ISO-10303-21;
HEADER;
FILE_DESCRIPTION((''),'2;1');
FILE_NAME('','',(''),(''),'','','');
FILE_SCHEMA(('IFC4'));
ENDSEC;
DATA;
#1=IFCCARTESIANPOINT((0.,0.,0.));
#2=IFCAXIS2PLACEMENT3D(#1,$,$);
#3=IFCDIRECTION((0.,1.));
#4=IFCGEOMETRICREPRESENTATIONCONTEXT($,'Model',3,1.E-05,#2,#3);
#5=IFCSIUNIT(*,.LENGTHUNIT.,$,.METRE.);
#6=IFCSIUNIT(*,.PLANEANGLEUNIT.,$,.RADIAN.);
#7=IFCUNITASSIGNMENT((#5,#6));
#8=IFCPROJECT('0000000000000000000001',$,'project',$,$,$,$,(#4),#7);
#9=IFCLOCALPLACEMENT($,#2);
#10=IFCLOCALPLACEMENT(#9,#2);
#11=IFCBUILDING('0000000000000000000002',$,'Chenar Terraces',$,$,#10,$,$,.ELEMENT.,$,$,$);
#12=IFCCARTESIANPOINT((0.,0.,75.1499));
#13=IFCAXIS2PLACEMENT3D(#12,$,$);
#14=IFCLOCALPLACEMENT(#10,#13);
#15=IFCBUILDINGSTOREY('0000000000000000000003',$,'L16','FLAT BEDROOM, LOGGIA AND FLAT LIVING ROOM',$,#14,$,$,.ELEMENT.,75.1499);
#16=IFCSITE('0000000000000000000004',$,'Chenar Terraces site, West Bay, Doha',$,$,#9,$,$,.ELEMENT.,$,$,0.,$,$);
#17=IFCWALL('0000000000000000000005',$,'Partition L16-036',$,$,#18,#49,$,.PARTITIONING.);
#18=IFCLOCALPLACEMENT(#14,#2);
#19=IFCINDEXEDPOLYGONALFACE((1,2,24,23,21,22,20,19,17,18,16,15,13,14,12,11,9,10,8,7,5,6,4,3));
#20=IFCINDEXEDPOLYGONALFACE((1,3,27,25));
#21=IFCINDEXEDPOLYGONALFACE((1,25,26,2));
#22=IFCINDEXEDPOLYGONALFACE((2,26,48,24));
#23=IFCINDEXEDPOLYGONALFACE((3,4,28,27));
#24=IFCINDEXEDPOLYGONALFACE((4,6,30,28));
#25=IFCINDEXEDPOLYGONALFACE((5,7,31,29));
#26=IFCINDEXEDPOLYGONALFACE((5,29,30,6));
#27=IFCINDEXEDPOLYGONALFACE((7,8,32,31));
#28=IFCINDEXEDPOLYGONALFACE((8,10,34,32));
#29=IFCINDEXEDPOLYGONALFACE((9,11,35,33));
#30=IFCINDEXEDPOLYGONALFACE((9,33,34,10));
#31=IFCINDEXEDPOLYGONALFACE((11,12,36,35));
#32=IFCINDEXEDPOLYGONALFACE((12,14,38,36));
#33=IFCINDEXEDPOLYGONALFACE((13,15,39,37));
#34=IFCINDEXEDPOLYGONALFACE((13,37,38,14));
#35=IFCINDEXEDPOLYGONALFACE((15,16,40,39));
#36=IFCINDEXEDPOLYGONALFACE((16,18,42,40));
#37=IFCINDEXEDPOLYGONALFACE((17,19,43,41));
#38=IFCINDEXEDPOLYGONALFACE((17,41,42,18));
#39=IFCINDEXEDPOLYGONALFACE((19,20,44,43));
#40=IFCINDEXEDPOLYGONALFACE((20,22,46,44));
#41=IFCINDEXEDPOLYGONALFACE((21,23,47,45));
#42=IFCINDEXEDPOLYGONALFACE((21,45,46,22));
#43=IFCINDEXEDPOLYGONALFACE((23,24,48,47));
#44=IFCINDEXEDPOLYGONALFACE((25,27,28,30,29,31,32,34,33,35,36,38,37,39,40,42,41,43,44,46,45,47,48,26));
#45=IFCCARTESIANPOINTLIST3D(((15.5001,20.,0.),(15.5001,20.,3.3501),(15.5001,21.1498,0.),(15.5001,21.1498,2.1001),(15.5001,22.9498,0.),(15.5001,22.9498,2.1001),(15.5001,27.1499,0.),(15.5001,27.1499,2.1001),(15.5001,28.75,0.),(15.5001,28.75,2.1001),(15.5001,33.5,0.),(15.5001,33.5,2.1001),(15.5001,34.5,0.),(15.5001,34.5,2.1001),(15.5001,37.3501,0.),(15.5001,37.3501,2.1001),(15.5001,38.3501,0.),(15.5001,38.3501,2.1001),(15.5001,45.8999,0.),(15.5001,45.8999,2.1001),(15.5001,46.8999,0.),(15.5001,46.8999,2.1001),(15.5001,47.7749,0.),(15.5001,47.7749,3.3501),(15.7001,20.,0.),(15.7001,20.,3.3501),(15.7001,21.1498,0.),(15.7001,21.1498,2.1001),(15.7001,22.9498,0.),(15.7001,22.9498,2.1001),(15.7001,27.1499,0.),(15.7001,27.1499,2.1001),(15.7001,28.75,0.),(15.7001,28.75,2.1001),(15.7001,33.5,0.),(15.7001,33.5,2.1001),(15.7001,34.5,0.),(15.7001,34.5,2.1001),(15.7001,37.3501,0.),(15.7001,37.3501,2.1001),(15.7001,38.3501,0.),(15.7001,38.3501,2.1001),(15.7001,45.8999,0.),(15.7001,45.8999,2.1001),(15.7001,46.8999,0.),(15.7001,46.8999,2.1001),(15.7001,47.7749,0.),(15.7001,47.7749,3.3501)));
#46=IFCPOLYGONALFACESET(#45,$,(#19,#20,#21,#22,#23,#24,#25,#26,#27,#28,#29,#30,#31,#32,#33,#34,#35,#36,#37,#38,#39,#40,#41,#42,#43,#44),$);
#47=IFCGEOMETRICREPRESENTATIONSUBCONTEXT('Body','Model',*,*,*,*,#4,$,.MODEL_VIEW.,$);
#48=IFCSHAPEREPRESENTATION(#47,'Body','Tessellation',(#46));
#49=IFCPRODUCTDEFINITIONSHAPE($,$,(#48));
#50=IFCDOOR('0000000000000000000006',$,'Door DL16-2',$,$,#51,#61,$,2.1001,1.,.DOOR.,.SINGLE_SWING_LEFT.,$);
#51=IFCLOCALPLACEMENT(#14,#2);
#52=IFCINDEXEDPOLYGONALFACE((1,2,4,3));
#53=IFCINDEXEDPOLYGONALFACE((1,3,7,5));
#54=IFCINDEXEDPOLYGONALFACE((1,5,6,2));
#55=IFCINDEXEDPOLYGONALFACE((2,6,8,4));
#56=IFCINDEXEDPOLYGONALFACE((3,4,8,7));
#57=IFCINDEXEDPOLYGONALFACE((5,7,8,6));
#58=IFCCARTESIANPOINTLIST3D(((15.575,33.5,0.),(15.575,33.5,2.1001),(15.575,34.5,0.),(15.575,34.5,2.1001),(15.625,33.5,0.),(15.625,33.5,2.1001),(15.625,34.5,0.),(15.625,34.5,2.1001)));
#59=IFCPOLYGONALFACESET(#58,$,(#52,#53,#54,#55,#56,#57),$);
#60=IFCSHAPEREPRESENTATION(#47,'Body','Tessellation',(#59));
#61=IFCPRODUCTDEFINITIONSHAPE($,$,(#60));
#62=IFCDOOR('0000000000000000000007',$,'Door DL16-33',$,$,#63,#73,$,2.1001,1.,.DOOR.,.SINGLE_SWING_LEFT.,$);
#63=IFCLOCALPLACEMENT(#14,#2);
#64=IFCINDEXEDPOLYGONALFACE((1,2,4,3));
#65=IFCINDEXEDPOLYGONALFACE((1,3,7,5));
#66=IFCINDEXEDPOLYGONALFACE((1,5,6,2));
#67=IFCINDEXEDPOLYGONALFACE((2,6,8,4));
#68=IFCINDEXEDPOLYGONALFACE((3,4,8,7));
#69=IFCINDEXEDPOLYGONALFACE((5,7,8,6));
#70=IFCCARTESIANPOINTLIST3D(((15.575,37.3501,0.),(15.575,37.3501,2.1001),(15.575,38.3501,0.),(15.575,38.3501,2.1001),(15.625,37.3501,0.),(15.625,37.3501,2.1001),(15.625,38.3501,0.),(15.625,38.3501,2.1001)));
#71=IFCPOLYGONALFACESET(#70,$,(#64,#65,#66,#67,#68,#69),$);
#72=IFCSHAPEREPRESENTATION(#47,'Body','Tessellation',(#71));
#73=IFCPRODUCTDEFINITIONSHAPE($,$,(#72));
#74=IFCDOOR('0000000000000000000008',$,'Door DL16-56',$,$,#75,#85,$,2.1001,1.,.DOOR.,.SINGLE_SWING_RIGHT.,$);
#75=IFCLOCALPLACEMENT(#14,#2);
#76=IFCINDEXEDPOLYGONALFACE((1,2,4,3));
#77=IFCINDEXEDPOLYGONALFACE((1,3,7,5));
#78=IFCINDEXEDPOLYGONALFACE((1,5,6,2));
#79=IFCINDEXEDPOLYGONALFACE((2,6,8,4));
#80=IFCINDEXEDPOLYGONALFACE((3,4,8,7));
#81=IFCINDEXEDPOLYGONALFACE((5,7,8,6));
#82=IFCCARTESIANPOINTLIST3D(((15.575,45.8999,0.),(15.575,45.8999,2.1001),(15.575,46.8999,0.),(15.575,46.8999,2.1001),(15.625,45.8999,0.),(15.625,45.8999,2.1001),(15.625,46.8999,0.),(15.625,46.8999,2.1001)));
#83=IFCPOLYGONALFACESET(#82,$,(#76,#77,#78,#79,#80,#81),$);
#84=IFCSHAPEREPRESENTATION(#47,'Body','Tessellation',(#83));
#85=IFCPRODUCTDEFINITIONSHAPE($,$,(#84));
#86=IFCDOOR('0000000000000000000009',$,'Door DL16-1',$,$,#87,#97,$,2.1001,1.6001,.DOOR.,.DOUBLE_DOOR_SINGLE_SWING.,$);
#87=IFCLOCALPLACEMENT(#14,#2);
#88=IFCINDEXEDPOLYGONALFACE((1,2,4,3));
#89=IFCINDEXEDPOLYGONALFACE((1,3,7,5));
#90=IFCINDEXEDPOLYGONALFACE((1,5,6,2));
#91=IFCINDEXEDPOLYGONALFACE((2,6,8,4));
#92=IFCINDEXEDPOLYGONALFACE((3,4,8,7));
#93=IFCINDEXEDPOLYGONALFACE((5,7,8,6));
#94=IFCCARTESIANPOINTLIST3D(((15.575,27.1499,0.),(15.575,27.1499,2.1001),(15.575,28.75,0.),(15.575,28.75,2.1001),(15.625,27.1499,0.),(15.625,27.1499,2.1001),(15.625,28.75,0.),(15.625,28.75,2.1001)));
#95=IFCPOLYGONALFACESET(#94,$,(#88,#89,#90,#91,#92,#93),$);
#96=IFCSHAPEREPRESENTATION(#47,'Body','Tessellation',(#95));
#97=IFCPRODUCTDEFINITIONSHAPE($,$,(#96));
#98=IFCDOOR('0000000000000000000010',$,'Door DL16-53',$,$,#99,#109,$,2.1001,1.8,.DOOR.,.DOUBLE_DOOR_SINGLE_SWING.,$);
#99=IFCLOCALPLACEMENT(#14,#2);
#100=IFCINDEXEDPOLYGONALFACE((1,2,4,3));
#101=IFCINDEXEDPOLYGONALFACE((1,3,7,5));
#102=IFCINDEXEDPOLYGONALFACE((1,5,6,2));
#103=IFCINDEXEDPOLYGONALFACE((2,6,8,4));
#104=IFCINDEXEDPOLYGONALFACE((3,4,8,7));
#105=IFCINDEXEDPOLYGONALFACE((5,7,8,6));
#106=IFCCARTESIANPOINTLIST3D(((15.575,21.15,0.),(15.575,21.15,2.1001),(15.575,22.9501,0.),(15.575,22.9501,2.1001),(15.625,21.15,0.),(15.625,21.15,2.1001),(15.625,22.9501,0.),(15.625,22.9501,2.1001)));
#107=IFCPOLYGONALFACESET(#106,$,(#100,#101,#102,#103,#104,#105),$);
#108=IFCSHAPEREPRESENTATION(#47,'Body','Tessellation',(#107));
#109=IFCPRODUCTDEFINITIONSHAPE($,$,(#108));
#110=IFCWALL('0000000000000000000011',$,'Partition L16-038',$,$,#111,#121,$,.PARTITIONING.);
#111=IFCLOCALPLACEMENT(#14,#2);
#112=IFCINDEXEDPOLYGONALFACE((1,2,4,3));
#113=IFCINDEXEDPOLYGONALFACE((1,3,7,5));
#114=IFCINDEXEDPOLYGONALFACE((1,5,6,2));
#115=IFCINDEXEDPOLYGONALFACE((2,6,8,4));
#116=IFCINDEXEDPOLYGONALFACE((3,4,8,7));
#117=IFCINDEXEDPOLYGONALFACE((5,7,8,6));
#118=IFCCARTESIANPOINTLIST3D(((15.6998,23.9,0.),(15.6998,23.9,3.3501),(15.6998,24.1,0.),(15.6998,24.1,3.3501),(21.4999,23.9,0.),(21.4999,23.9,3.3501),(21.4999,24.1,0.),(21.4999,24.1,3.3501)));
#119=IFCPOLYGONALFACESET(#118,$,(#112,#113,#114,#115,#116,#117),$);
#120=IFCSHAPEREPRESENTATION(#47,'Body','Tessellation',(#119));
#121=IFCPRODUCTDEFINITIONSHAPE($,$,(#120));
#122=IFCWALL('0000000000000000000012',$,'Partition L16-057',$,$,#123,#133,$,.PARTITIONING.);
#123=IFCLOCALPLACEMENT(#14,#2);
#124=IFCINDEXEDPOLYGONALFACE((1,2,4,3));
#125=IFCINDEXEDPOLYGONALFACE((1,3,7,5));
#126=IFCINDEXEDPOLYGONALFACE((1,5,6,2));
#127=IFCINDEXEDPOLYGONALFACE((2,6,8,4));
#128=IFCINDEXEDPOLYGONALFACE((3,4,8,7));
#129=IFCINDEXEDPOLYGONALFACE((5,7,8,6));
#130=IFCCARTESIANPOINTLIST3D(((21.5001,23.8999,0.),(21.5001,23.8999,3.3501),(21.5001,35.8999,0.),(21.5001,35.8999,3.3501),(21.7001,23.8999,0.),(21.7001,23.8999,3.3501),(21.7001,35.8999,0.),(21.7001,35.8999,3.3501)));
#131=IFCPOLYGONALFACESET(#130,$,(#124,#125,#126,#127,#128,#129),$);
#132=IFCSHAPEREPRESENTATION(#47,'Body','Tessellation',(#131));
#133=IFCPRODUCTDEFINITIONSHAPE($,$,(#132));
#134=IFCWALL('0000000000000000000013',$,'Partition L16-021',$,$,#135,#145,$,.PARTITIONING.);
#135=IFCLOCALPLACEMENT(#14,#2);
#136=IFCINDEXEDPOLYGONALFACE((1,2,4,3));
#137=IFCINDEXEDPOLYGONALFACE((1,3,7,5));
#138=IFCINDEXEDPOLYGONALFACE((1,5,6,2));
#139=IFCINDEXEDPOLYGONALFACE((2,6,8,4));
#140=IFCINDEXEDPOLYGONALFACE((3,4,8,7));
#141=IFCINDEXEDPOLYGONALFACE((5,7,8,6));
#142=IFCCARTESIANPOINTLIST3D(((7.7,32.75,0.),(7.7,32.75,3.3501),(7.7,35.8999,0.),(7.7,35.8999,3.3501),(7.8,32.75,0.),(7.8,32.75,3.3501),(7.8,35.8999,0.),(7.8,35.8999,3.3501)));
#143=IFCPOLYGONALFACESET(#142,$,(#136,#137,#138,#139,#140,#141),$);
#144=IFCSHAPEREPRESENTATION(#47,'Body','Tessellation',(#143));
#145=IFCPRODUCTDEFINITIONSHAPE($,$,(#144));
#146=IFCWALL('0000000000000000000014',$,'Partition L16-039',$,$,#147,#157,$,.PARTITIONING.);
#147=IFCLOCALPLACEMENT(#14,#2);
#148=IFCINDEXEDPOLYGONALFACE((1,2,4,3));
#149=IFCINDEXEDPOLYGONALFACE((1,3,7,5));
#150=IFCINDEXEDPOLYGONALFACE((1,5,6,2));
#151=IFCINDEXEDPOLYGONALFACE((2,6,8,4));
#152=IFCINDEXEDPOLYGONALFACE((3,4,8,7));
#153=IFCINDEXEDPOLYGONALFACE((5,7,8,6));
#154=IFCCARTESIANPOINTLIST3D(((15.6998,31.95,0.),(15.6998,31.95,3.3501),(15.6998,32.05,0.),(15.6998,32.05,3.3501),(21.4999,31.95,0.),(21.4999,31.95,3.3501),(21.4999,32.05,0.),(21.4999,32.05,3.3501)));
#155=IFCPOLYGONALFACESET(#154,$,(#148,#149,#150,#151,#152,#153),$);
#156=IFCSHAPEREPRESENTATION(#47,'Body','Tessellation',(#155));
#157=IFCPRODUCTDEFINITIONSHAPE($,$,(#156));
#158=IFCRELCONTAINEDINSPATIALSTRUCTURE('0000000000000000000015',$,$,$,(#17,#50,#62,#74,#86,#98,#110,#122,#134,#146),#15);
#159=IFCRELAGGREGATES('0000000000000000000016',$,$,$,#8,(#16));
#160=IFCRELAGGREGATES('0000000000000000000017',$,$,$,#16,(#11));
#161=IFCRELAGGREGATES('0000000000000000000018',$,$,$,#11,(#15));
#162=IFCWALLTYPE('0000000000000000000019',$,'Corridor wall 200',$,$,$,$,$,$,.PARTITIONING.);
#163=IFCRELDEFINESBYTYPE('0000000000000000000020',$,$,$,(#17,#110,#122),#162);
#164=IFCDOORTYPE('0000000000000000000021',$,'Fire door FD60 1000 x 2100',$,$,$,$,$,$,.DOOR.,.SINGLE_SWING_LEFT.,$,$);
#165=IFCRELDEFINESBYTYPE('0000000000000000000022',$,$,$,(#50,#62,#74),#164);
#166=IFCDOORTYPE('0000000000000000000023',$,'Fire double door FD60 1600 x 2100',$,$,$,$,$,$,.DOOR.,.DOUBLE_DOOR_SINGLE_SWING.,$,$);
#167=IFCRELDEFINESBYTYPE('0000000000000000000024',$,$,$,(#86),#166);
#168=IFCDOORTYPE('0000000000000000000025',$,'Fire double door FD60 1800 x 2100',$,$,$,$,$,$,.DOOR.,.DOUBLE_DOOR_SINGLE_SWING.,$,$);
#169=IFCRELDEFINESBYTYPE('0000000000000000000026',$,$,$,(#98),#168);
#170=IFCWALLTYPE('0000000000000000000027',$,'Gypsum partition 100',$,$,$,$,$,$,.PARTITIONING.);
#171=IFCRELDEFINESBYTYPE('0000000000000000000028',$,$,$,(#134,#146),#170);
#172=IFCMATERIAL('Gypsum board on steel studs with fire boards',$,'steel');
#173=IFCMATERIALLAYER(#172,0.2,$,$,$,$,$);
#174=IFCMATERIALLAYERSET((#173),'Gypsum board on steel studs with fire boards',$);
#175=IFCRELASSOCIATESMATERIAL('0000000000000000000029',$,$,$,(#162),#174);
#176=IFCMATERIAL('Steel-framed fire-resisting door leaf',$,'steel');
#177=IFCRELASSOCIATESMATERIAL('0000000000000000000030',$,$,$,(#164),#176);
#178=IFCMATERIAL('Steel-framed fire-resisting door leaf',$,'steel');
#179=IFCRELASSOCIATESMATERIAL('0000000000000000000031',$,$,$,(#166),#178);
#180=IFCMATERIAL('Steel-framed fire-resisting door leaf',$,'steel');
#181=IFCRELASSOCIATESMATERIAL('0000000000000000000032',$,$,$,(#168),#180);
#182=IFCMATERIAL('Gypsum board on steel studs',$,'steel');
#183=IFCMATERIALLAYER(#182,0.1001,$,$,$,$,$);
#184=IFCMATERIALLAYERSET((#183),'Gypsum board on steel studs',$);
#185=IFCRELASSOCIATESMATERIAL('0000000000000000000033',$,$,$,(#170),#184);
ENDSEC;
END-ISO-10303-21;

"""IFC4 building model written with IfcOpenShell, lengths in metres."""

from ifc_helpers import new_model, si_unit, direction, frame, frame_2d, origin, place, context, subcontext, project, spatial, rectangle, extrude, material, layer, layer_set, type_object, element, fill, save


model = new_model("IFC4")

# Units and contexts
model_context = context("Model", 3, precision=1e-05, world=origin(), true_north=direction((0.0, 1.0)))
body_context = subcontext(model_context, "Body", "Model", "MODEL_VIEW")
ifc_project = project(units=[si_unit("LENGTHUNIT", "METRE"), si_unit("PLANEANGLEUNIT", "RADIAN")], contexts=[model_context])

# Site, building, storey
site_placement = place(None, origin())
site = spatial("IfcSite", under=ifc_project, at=site_placement, Name="Chenar Terraces site, West Bay, Doha", CompositionType="ELEMENT", RefElevation=0.0)
building_placement = place(site_placement, origin())
building = spatial("IfcBuilding", under=site, at=building_placement, Name="Chenar Terraces", CompositionType="ELEMENT")
storey_placement = place(building_placement, frame((0.0, 0.0, 75.1499)))
storey = spatial("IfcBuildingStorey", under=building, at=storey_placement, Name="L16", Description="FLAT BEDROOM, LOGGIA AND FLAT LIVING ROOM", CompositionType="ELEMENT", Elevation=75.1499)

# Wall, openings, doors
ifc_material_1 = material(Name="Gypsum board on steel studs with fire boards", Category="steel")
ifc_layer_1 = layer(ifc_material_1, 0.2)
ifc_layer_set_1 = layer_set([ifc_layer_1], Name="Gypsum board on steel studs with fire boards")
wall_type_1 = type_object("IfcWallType", Name="Corridor wall 200", PredefinedType="PARTITIONING", material=ifc_layer_set_1)
wall_1_placement = place(storey_placement, frame((15.6001, 20.0, 0.0), z_axis=(0.0, 0.0, 1.0), x_axis=(0.0, 1.0, 0.0)))
wall_1 = element("IfcWall", 1, at=wall_1_placement, inside=storey, type_object=wall_type_1, Name="Partition L16-036", PredefinedType="PARTITIONING", context=body_context, shape_type="SweptSolid", body=[
    extrude(rectangle(XDim=27.7749, YDim=0.2, at=frame_2d((13.8875, 0.0))), origin(), (0.0, 0.0, 1.0), 3.3501),
])
opening_1_placement = place(wall_1_placement, frame((7.1499, 0.0, 0.0)))
opening_1 = element("IfcOpeningElement", 2, at=opening_1_placement, cuts=wall_1, PredefinedType="OPENING", context=body_context, shape_type="SweptSolid", body=[
    extrude(rectangle(XDim=1.6001, YDim=2.1001, at=frame_2d((0.8, 1.05))), frame((0.0, 0.1099, 0.0), z_axis=(0.0, -1.0, 0.0), x_axis=(1.0, 0.0, 0.0)), (0.0, 0.0, 1.0), 0.22),
])
opening_2_placement = place(wall_1_placement, frame((13.5, 0.0, 0.0)))
opening_2 = element("IfcOpeningElement", 3, at=opening_2_placement, cuts=wall_1, PredefinedType="OPENING", context=body_context, shape_type="SweptSolid", body=[
    extrude(rectangle(XDim=1.0, YDim=2.1001, at=frame_2d((0.5, 1.05))), frame((0.0, 0.1099, 0.0), z_axis=(0.0, -1.0, 0.0), x_axis=(1.0, 0.0, 0.0)), (0.0, 0.0, 1.0), 0.22),
])
opening_3_placement = place(wall_1_placement, frame((17.3501, 0.0, 0.0)))
opening_3 = element("IfcOpeningElement", 4, at=opening_3_placement, cuts=wall_1, PredefinedType="OPENING", context=body_context, shape_type="SweptSolid", body=[
    extrude(rectangle(XDim=1.0, YDim=2.1001, at=frame_2d((0.5, 1.05))), frame((0.0, 0.1099, 0.0), z_axis=(0.0, -1.0, 0.0), x_axis=(1.0, 0.0, 0.0)), (0.0, 0.0, 1.0), 0.22),
])
opening_4_placement = place(wall_1_placement, frame((1.1499, 0.0, 0.0)))
opening_4 = element("IfcOpeningElement", 5, at=opening_4_placement, cuts=wall_1, PredefinedType="OPENING", context=body_context, shape_type="SweptSolid", body=[
    extrude(rectangle(XDim=1.8, YDim=2.1001, at=frame_2d((0.8999, 1.05))), frame((0.0, 0.1099, 0.0), z_axis=(0.0, -1.0, 0.0), x_axis=(1.0, 0.0, 0.0)), (0.0, 0.0, 1.0), 0.22),
])
opening_5_placement = place(wall_1_placement, frame((25.8999, 0.0, 0.0)))
opening_5 = element("IfcOpeningElement", 6, at=opening_5_placement, cuts=wall_1, PredefinedType="OPENING", context=body_context, shape_type="SweptSolid", body=[
    extrude(rectangle(XDim=1.0, YDim=2.1001, at=frame_2d((0.5, 1.05))), frame((0.0, 0.1099, 0.0), z_axis=(0.0, -1.0, 0.0), x_axis=(1.0, 0.0, 0.0)), (0.0, 0.0, 1.0), 0.22),
])
ifc_material_2 = material(Name="Steel-framed fire-resisting door leaf", Category="steel")
door_type_1 = type_object("IfcDoorType", Name="Fire door FD60 1000 x 2100", OperationType="SINGLE_SWING_LEFT", PredefinedType="DOOR", material=ifc_material_2)
door_1_placement = place(opening_2_placement, frame((1.0, 0.0, 0.0), z_axis=(0.0, 0.0, 1.0), x_axis=(-1.0, 0.0, 0.0)))
door_1 = element("IfcDoor", 7, at=door_1_placement, inside=storey, type_object=door_type_1, Name="Door DL16-2", OperationType="SINGLE_SWING_LEFT", OverallHeight=2.1001, OverallWidth=1.0, PredefinedType="DOOR", context=body_context, shape_type="SweptSolid", body=[
    extrude(rectangle(XDim=1.0, YDim=2.1001, at=frame_2d((0.5, 1.05))), frame((0.0, 0.0249, 0.0), z_axis=(0.0, -1.0, 0.0), x_axis=(1.0, 0.0, 0.0)), (0.0, 0.0, 1.0), 0.05),
])
fill(opening_2, door_1)
door_2_placement = place(opening_3_placement, frame((1.0, 0.0, 0.0), z_axis=(0.0, 0.0, 1.0), x_axis=(-1.0, 0.0, 0.0)))
door_2 = element("IfcDoor", 8, at=door_2_placement, inside=storey, type_object=door_type_1, Name="Door DL16-33", OperationType="SINGLE_SWING_LEFT", OverallHeight=2.1001, OverallWidth=1.0, PredefinedType="DOOR", context=body_context, shape_type="SweptSolid", body=[
    extrude(rectangle(XDim=1.0, YDim=2.1001, at=frame_2d((0.5, 1.05))), frame((0.0, 0.0249, 0.0), z_axis=(0.0, -1.0, 0.0), x_axis=(1.0, 0.0, 0.0)), (0.0, 0.0, 1.0), 0.05),
])
fill(opening_3, door_2)
door_3_placement = place(opening_5_placement, frame((1.0, 0.0, 0.0), z_axis=(0.0, 0.0, 1.0), x_axis=(-1.0, 0.0, 0.0)))
door_3 = element("IfcDoor", 9, at=door_3_placement, inside=storey, type_object=door_type_1, Name="Door DL16-56", OperationType="SINGLE_SWING_RIGHT", OverallHeight=2.1001, OverallWidth=1.0, PredefinedType="DOOR", context=body_context, shape_type="SweptSolid", body=[
    extrude(rectangle(XDim=1.0, YDim=2.1001, at=frame_2d((0.5, 1.05))), frame((0.0, 0.0249, 0.0), z_axis=(0.0, -1.0, 0.0), x_axis=(1.0, 0.0, 0.0)), (0.0, 0.0, 1.0), 0.05),
])
fill(opening_5, door_3)
ifc_material_3 = material(Name="Steel-framed fire-resisting door leaf", Category="steel")
door_type_2 = type_object("IfcDoorType", Name="Fire double door FD60 1600 x 2100", OperationType="DOUBLE_DOOR_SINGLE_SWING", PredefinedType="DOOR", material=ifc_material_3)
door_4_placement = place(opening_1_placement, frame((1.6001, 0.0, 0.0), z_axis=(0.0, 0.0, 1.0), x_axis=(-1.0, 0.0, 0.0)))
door_4 = element("IfcDoor", 10, at=door_4_placement, inside=storey, type_object=door_type_2, Name="Door DL16-1", OperationType="DOUBLE_DOOR_SINGLE_SWING", OverallHeight=2.1001, OverallWidth=1.6001, PredefinedType="DOOR", context=body_context, shape_type="SweptSolid", body=[
    extrude(rectangle(XDim=1.6001, YDim=2.1001, at=frame_2d((0.8, 1.05))), frame((0.0, 0.0249, 0.0), z_axis=(0.0, -1.0, 0.0), x_axis=(1.0, 0.0, 0.0)), (0.0, 0.0, 1.0), 0.05),
])
fill(opening_1, door_4)
ifc_material_4 = material(Name="Steel-framed fire-resisting door leaf", Category="steel")
door_type_3 = type_object("IfcDoorType", Name="Fire double door FD60 1800 x 2100", OperationType="DOUBLE_DOOR_SINGLE_SWING", PredefinedType="DOOR", material=ifc_material_4)
door_5_placement = place(opening_4_placement, frame((1.8, 0.0, 0.0), z_axis=(0.0, 0.0, 1.0), x_axis=(-1.0, 0.0, 0.0)))
door_5 = element("IfcDoor", 11, at=door_5_placement, inside=storey, type_object=door_type_3, Name="Door DL16-53", OperationType="DOUBLE_DOOR_SINGLE_SWING", OverallHeight=2.1001, OverallWidth=1.8, PredefinedType="DOOR", context=body_context, shape_type="SweptSolid", body=[
    extrude(rectangle(XDim=1.8, YDim=2.1001, at=frame_2d((0.8999, 1.05))), frame((0.0, 0.0249, 0.0), z_axis=(0.0, -1.0, 0.0), x_axis=(1.0, 0.0, 0.0)), (0.0, 0.0, 1.0), 0.05),
])
fill(opening_4, door_5)

# Walls
wall_2_placement = place(storey_placement, frame((15.7, 24.0, 0.0), z_axis=(0.0, 0.0, 1.0), x_axis=(1.0, 0.0, 0.0)))
element("IfcWall", 12, at=wall_2_placement, inside=storey, type_object=wall_type_1, Name="Partition L16-038", PredefinedType="PARTITIONING", context=body_context, shape_type="SweptSolid", body=[
    extrude(rectangle(XDim=5.8, YDim=0.2, at=frame_2d((2.8999, 0.0))), origin(), (0.0, 0.0, 1.0), 3.3501),
])
wall_3_placement = place(storey_placement, frame((21.6001, 23.8999, 0.0), z_axis=(0.0, 0.0, 1.0), x_axis=(0.0, 1.0, 0.0)))
element("IfcWall", 13, at=wall_3_placement, inside=storey, type_object=wall_type_1, Name="Partition L16-057", PredefinedType="PARTITIONING", context=body_context, shape_type="SweptSolid", body=[
    extrude(rectangle(XDim=12.0, YDim=0.2, at=frame_2d((6.0, 0.0))), origin(), (0.0, 0.0, 1.0), 3.3501),
])
ifc_material_5 = material(Name="Gypsum board on steel studs", Category="steel")
ifc_layer_2 = layer(ifc_material_5, 0.1001)
ifc_layer_set_2 = layer_set([ifc_layer_2], Name="Gypsum board on steel studs")
wall_type_2 = type_object("IfcWallType", Name="Gypsum partition 100", PredefinedType="PARTITIONING", material=ifc_layer_set_2)
wall_4_placement = place(storey_placement, frame((7.75, 32.75, 0.0), z_axis=(0.0, 0.0, 1.0), x_axis=(0.0, 1.0, 0.0)))
element("IfcWall", 14, at=wall_4_placement, inside=storey, type_object=wall_type_2, Name="Partition L16-021", PredefinedType="PARTITIONING", context=body_context, shape_type="SweptSolid", body=[
    extrude(rectangle(XDim=3.1499, YDim=0.1001, at=frame_2d((1.575, 0.0))), origin(), (0.0, 0.0, 1.0), 3.3501),
])
wall_5_placement = place(storey_placement, frame((15.7, 32.0, 0.0), z_axis=(0.0, 0.0, 1.0), x_axis=(1.0, 0.0, 0.0)))
element("IfcWall", 15, at=wall_5_placement, inside=storey, type_object=wall_type_2, Name="Partition L16-039", PredefinedType="PARTITIONING", context=body_context, shape_type="SweptSolid", body=[
    extrude(rectangle(XDim=5.8, YDim=0.1001, at=frame_2d((2.8999, 0.0))), origin(), (0.0, 0.0, 1.0), 3.3501),
])

save(model, "model.ifc")
